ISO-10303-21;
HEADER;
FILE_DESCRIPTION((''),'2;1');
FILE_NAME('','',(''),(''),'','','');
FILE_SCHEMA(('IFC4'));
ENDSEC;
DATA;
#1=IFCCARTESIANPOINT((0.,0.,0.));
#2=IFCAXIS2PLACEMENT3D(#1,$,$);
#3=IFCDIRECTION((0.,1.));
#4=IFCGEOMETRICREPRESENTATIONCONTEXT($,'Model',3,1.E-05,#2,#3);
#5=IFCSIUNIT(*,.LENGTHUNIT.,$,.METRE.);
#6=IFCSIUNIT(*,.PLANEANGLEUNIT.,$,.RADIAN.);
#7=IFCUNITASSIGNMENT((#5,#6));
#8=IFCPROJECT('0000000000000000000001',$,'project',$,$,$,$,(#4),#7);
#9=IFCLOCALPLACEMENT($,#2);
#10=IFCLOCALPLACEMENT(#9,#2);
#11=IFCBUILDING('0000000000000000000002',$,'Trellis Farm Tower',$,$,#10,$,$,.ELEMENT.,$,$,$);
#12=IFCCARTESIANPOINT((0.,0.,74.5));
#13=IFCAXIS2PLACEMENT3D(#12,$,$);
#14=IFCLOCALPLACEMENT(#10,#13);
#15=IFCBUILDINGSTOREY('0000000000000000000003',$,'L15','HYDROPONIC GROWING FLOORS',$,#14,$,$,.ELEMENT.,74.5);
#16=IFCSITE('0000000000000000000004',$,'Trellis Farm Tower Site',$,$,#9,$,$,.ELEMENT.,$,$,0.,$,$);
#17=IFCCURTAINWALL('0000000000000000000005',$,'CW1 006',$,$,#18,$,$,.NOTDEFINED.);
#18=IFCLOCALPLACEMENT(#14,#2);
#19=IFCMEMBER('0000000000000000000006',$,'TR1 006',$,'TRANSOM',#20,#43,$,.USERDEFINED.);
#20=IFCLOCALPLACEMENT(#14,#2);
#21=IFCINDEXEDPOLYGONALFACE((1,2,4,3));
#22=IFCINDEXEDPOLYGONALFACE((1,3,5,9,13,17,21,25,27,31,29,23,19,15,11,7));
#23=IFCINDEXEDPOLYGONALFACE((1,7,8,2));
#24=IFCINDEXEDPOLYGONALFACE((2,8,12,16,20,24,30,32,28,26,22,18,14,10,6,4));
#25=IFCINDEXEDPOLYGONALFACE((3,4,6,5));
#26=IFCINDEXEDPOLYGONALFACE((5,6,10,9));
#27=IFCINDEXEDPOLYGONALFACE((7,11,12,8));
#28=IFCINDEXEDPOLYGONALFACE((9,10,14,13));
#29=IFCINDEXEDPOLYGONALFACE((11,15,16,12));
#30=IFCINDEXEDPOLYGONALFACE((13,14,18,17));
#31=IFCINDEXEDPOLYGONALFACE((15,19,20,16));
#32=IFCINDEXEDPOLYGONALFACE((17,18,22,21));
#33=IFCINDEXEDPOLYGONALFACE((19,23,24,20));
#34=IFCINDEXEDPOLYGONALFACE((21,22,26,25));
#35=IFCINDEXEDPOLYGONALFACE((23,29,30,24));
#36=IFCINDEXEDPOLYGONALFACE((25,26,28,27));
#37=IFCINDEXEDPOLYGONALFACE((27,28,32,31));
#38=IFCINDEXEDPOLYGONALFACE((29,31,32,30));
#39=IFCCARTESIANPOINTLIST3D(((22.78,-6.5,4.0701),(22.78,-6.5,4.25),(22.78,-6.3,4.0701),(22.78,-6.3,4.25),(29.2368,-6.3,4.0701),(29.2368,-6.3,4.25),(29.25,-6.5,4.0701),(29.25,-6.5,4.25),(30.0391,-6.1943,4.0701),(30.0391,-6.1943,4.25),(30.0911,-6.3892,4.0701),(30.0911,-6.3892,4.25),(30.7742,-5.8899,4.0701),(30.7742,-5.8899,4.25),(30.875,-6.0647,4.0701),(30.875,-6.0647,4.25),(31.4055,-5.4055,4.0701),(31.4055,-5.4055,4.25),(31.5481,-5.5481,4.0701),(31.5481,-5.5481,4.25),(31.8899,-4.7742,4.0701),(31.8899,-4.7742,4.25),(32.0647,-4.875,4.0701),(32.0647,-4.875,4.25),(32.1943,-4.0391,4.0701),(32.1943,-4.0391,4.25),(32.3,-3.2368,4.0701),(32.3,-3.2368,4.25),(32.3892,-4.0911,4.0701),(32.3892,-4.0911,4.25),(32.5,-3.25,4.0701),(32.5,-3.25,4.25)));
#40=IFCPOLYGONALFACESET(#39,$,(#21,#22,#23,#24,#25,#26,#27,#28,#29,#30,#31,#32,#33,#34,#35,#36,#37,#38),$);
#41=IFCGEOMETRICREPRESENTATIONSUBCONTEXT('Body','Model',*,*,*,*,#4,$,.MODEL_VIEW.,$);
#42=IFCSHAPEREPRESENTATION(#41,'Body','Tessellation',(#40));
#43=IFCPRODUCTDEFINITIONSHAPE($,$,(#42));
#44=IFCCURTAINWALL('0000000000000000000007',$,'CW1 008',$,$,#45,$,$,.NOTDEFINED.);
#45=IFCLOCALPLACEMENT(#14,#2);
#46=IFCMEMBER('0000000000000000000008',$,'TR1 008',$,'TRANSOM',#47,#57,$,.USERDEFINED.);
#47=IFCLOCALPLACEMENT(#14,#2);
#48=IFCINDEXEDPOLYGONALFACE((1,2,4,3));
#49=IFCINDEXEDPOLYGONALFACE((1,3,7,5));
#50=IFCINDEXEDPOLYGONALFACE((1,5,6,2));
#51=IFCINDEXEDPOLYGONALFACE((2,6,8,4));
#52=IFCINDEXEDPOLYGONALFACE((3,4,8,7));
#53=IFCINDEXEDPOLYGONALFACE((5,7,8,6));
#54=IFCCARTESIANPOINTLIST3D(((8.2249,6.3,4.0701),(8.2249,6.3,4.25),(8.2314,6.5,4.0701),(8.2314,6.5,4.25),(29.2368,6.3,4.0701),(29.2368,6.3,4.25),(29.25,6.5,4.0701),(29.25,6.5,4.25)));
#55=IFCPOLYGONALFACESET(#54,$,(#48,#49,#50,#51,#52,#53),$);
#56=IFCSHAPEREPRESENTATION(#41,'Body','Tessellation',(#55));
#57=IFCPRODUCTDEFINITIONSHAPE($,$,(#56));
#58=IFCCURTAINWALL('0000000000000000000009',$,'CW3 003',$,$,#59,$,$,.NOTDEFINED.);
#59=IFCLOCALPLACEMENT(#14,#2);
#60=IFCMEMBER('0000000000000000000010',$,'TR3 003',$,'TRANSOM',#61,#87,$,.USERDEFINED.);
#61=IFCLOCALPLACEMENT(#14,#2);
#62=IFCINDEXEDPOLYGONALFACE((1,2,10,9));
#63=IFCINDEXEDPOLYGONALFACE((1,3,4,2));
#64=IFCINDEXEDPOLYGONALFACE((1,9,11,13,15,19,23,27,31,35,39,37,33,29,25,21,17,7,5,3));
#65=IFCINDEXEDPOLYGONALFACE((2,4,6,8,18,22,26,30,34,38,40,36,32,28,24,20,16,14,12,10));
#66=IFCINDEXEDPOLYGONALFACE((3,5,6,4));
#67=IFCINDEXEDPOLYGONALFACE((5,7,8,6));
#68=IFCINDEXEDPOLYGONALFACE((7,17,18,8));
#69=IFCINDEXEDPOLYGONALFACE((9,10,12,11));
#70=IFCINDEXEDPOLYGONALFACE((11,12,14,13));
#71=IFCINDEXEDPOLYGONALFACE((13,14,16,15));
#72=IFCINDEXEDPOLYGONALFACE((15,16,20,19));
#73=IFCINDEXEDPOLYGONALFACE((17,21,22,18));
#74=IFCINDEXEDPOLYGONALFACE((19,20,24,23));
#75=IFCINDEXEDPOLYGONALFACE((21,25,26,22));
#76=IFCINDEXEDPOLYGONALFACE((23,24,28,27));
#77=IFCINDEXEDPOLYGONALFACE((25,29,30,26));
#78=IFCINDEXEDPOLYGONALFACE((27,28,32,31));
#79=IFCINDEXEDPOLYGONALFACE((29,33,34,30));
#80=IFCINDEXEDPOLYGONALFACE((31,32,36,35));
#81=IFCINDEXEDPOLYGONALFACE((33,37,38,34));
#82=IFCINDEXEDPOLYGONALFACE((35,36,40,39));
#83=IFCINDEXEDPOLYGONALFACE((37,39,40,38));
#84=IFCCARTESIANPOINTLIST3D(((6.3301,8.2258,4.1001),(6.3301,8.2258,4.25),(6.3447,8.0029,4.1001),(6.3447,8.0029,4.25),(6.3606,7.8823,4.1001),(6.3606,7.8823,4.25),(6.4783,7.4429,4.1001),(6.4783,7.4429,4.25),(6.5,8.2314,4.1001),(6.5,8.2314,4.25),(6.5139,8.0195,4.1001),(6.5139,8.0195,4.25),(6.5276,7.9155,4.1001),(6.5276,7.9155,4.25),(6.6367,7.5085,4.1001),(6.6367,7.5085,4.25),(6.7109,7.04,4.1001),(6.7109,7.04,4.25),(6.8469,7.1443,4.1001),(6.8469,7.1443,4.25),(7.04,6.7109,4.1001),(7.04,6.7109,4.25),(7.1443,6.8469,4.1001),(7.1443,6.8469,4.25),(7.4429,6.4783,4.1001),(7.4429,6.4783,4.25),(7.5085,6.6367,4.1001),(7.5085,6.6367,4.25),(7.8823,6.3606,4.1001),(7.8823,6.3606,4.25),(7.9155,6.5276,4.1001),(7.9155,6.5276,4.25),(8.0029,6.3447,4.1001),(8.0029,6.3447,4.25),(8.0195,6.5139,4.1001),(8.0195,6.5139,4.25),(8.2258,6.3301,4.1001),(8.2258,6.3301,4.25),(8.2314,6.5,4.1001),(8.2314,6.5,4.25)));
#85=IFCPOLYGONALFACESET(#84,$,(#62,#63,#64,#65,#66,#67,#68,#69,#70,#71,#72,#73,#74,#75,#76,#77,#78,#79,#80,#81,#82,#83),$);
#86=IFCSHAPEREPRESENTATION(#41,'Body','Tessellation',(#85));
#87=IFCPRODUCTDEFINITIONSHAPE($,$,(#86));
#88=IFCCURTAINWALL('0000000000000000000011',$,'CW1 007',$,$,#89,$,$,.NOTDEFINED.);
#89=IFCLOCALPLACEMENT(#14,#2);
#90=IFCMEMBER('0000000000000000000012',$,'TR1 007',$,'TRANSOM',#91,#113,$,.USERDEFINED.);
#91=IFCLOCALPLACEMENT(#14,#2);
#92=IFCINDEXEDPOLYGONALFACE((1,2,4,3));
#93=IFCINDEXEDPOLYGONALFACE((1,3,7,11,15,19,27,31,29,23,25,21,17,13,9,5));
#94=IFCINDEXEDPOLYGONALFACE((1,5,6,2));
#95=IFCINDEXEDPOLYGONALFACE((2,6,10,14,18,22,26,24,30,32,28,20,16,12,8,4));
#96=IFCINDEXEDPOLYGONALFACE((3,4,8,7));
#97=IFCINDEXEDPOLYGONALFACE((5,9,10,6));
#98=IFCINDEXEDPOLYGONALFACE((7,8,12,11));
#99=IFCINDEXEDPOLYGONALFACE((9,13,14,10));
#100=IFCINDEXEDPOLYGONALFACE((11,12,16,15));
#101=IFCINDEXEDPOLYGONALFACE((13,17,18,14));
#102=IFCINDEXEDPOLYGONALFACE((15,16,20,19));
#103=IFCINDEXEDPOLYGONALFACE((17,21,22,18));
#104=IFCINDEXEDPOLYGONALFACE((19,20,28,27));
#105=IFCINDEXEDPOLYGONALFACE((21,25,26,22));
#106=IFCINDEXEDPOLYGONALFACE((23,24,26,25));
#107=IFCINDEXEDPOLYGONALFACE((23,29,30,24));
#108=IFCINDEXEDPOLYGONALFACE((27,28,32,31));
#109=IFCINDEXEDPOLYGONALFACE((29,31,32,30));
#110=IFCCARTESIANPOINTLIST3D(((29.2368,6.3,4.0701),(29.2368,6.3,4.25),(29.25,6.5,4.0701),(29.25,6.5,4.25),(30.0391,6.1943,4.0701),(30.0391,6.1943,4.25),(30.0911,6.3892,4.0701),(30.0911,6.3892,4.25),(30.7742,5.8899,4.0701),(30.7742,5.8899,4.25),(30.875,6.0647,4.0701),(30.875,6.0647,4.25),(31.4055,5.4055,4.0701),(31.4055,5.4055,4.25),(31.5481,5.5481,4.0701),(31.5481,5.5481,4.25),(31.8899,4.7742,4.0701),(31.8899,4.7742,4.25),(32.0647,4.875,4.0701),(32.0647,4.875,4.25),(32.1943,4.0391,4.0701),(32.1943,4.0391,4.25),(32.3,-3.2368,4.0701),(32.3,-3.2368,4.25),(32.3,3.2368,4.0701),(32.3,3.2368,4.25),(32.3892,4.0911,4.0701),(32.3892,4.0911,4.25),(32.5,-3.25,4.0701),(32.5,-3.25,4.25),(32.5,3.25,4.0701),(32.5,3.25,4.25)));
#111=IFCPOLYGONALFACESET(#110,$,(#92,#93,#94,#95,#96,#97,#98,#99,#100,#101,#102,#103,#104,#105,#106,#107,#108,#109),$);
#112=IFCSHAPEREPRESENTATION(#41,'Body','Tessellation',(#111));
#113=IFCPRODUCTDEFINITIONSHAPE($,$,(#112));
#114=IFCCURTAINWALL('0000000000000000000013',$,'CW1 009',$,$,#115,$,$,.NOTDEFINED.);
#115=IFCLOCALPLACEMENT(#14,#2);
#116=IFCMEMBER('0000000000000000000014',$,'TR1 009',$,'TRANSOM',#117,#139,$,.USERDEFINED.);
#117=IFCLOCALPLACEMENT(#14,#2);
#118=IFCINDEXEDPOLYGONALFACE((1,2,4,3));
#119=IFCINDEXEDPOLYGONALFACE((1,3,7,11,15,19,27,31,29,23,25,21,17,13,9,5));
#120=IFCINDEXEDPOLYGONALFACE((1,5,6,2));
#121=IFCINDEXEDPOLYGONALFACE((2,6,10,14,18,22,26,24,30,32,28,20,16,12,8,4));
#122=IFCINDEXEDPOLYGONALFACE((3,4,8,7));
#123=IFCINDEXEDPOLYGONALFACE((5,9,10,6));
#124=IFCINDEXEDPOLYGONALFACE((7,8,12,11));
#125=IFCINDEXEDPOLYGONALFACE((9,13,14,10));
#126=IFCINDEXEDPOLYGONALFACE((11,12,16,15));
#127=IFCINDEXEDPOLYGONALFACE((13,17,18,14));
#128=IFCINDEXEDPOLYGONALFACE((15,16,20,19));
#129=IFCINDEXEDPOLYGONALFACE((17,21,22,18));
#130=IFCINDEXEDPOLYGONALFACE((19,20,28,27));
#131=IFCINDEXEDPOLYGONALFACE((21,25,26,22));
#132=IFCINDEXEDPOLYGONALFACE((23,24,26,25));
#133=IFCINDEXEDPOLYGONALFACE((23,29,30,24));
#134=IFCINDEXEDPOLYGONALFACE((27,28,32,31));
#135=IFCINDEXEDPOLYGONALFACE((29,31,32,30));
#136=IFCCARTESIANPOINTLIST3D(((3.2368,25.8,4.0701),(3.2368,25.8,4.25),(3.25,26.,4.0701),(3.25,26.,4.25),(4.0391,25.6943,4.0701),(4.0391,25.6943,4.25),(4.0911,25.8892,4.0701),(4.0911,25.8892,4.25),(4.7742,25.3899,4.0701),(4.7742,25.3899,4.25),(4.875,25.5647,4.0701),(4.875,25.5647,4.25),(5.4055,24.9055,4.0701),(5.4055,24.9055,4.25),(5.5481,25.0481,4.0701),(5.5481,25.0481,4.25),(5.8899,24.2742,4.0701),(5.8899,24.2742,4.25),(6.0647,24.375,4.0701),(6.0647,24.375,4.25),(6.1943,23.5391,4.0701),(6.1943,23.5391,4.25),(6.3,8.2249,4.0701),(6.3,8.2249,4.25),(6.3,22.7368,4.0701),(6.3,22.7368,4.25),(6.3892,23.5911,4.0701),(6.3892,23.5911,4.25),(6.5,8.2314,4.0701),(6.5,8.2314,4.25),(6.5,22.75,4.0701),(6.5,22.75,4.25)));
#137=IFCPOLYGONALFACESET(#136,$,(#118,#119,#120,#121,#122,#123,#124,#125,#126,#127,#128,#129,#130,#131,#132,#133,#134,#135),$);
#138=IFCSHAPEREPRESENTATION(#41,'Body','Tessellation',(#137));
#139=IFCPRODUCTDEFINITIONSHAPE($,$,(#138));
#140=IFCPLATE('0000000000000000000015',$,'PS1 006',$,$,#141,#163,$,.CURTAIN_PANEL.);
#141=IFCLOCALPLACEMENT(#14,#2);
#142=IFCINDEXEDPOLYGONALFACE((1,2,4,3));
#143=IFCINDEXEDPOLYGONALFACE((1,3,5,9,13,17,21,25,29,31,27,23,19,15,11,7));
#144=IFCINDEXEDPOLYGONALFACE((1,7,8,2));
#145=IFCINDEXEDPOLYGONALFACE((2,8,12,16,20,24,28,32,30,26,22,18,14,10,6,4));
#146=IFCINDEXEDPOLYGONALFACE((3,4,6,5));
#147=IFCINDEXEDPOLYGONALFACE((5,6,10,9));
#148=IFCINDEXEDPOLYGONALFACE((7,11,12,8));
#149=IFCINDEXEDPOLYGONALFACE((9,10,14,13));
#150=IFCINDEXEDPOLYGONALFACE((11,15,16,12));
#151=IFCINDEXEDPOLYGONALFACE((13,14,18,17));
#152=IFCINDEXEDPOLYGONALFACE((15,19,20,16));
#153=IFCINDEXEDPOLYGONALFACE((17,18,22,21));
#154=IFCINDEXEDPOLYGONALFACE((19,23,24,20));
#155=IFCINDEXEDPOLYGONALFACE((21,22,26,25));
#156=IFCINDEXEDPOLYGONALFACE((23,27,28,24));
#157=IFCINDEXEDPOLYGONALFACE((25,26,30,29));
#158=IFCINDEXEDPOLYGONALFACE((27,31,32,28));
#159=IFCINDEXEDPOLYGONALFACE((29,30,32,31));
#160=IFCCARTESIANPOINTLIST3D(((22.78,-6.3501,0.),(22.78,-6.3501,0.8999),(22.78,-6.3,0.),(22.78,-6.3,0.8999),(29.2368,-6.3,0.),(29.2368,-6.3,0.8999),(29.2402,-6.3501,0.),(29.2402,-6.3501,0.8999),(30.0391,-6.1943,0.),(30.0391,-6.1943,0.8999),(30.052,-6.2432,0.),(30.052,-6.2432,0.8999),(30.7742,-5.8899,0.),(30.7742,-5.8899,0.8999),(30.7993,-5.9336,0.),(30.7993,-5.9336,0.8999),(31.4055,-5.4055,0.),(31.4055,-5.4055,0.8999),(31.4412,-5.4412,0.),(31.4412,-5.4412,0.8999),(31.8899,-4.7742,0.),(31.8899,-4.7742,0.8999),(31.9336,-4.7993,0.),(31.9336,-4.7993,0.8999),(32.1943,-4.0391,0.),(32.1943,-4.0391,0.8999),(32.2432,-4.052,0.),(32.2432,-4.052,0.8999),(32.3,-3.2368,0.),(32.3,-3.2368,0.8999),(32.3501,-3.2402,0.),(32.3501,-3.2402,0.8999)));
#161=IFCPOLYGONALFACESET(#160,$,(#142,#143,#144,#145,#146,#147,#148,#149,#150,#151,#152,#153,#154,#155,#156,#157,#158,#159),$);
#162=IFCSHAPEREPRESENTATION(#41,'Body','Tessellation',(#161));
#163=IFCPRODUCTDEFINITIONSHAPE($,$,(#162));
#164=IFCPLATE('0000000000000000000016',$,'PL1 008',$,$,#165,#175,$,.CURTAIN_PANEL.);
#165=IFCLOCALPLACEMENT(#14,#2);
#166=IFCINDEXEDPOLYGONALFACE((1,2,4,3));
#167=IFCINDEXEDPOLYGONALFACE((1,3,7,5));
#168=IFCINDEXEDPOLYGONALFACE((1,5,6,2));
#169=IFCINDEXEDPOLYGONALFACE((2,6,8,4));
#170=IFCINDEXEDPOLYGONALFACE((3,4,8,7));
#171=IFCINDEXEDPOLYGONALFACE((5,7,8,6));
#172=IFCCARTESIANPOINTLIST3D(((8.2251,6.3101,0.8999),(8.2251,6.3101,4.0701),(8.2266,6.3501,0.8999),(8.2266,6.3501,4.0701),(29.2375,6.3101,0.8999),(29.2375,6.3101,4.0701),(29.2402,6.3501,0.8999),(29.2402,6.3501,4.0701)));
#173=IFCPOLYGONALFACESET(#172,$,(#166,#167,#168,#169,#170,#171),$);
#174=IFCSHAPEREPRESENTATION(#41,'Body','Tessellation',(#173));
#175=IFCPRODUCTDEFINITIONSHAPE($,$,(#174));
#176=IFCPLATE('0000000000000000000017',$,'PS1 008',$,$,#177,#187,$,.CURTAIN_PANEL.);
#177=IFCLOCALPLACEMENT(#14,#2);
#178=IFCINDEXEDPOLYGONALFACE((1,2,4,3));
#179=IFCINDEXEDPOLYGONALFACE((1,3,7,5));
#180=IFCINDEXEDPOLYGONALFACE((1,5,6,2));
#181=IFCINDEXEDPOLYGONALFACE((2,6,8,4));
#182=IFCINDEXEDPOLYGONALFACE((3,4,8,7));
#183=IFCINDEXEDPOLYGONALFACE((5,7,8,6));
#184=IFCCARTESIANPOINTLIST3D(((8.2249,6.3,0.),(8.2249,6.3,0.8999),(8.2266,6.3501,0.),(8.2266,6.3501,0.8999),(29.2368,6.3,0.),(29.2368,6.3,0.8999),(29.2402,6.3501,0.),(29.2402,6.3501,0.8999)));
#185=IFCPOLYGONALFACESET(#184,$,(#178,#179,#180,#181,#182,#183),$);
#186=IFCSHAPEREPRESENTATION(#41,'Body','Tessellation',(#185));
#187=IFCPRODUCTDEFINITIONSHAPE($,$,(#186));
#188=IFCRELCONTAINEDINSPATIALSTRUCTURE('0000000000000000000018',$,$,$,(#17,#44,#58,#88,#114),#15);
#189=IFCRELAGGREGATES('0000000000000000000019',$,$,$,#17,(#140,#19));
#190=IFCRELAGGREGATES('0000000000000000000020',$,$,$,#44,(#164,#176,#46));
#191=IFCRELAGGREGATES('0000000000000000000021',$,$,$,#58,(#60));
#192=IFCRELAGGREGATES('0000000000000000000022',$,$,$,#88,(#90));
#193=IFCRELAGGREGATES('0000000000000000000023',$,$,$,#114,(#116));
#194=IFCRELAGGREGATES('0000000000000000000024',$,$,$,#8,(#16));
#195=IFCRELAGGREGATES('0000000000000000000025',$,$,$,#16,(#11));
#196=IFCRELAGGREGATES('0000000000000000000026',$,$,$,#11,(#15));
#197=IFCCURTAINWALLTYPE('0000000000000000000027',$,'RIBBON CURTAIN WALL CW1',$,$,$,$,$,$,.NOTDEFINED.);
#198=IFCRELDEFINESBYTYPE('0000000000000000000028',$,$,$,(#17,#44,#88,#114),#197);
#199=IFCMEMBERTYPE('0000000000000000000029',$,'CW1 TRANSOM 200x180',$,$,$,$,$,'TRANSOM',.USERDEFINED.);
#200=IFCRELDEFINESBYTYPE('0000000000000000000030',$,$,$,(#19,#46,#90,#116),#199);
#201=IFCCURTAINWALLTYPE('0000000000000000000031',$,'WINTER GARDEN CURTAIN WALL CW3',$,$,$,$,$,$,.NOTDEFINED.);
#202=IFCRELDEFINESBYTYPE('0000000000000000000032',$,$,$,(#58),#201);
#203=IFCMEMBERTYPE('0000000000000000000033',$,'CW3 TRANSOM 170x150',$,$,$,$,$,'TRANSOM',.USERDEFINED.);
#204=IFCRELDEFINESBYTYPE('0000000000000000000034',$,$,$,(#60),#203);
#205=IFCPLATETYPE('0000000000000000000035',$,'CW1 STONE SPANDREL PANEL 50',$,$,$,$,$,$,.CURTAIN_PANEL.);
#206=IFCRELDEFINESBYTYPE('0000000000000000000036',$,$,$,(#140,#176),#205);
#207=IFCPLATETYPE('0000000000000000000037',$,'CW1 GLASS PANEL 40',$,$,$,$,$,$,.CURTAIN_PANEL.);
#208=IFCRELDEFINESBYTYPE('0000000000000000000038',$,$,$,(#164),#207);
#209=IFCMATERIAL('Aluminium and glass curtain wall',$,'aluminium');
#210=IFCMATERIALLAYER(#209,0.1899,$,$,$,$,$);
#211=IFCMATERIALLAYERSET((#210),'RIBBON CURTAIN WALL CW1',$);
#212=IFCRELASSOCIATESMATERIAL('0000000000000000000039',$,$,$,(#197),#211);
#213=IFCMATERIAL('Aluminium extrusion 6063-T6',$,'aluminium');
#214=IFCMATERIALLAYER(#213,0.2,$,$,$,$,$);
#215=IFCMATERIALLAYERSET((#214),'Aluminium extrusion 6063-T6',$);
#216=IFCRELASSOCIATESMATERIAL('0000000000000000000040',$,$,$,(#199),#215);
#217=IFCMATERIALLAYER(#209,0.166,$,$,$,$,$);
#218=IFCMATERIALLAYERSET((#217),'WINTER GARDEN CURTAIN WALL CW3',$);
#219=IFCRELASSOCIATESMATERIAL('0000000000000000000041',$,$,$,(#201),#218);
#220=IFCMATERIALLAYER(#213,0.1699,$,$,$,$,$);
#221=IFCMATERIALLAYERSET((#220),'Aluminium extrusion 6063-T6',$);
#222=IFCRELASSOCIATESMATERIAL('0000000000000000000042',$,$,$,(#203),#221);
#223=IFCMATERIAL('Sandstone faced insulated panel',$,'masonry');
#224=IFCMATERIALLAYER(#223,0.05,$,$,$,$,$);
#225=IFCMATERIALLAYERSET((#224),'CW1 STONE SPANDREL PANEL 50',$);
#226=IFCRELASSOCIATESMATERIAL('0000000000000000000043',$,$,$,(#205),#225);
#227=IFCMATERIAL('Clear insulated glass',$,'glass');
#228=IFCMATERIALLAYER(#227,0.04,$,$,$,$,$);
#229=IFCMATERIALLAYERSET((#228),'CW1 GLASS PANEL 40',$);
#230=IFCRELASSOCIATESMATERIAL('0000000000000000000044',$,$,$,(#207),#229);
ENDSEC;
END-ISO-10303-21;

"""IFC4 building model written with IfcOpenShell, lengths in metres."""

from ifc_helpers import new_model, si_unit, direction, frame, origin, place, context, subcontext, project, spatial, polyline, outline, extrude, source, transform, mapped, material, layer, layer_set, type_object, element, aggregate, save


model = new_model("IFC4")

# Units and contexts
model_context = context("Model", 3, precision=1e-05, world=origin(), true_north=direction((0.0, 1.0)))
body_context = subcontext(model_context, "Body", "Model", "MODEL_VIEW")
ifc_project = project(units=[si_unit("LENGTHUNIT", "METRE"), si_unit("PLANEANGLEUNIT", "RADIAN")], contexts=[model_context])

# Site, building, storey
site_placement = place(None, origin())
site = spatial("IfcSite", under=ifc_project, at=site_placement, Name="Trellis Farm Tower Site", CompositionType="ELEMENT", RefElevation=0.0)
building_placement = place(site_placement, origin())
building = spatial("IfcBuilding", under=site, at=building_placement, Name="Trellis Farm Tower", CompositionType="ELEMENT")
storey_placement = place(building_placement, frame((0.0, 0.0, 74.5)))
storey = spatial("IfcBuildingStorey", under=building, at=storey_placement, Name="L15", Description="HYDROPONIC GROWING FLOORS", CompositionType="ELEMENT", Elevation=74.5)

# Curtain walls, members
ifc_material_1 = material(Name="Aluminium and glass curtain wall", Category="aluminium")
ifc_layer_1 = layer(ifc_material_1, 0.1899)
ifc_layer_set_1 = layer_set([ifc_layer_1], Name="RIBBON CURTAIN WALL CW1")
curtain_wall_type_1 = type_object("IfcCurtainWallType", Name="RIBBON CURTAIN WALL CW1", PredefinedType="NOTDEFINED", material=ifc_layer_set_1)
placement_1 = place(storey_placement, origin())
curtain_wall_1 = element("IfcCurtainWall", 1, at=placement_1, inside=storey, type_object=curtain_wall_type_1, Name="CW1 006", PredefinedType="NOTDEFINED")
ifc_material_2 = material(Name="Aluminium extrusion 6063-T6", Category="aluminium")
ifc_layer_2 = layer(ifc_material_2, 0.2)
ifc_layer_set_2 = layer_set([ifc_layer_2], Name="Aluminium extrusion 6063-T6")
member_type_1 = type_object("IfcMemberType", Name="CW1 TRANSOM 200x180", ElementType="TRANSOM", PredefinedType="USERDEFINED", material=ifc_layer_set_2)
shared_shape_1 = source(origin(), body_context, "Body", "SweptSolid", [
    extrude(outline(polyline([(22.78, -6.5), (29.25, -6.5), (30.0911, -6.3892), (30.875, -6.0647), (31.5481, -5.5481), (32.0647, -4.875), (32.3892, -4.0911), (32.5, -3.25), (32.3, -3.2368), (32.1943, -4.0391), (31.8899, -4.7742), (31.4055, -5.4055), (30.7742, -5.8899), (30.0391, -6.1943), (29.2368, -6.3), (22.78, -6.3), (22.78, -6.5)])), origin(), (0.0, 0.0, 1.0), 0.1799),
])
placement_2 = place(storey_placement, frame((0.0, 0.0, 4.0701)))
member_1 = element("IfcMember", 2, at=placement_2, type_object=member_type_1, Name="TR1 006", ObjectType="TRANSOM", PredefinedType="USERDEFINED", context=body_context, shape_type="MappedRepresentation", body=[
    mapped(shared_shape_1, transform((0.0, 0.0, 0.0))),
])
curtain_wall_2 = element("IfcCurtainWall", 3, at=placement_1, inside=storey, type_object=curtain_wall_type_1, Name="CW1 008", PredefinedType="NOTDEFINED")
shared_shape_2 = source(origin(), body_context, "Body", "SweptSolid", [
    extrude(outline(polyline([(29.25, 6.5), (8.2314, 6.5), (8.2249, 6.3), (29.2368, 6.3), (29.25, 6.5)])), origin(), (0.0, 0.0, 1.0), 0.1799),
])
member_2 = element("IfcMember", 4, at=placement_2, type_object=member_type_1, Name="TR1 008", ObjectType="TRANSOM", PredefinedType="USERDEFINED", context=body_context, shape_type="MappedRepresentation", body=[
    mapped(shared_shape_2, transform((0.0, 0.0, 0.0))),
])
ifc_layer_3 = layer(ifc_material_1, 0.166)
ifc_layer_set_3 = layer_set([ifc_layer_3], Name="WINTER GARDEN CURTAIN WALL CW3")
curtain_wall_type_2 = type_object("IfcCurtainWallType", Name="WINTER GARDEN CURTAIN WALL CW3", PredefinedType="NOTDEFINED", material=ifc_layer_set_3)
curtain_wall_3 = element("IfcCurtainWall", 5, at=placement_1, inside=storey, type_object=curtain_wall_type_2, Name="CW3 003", PredefinedType="NOTDEFINED")
ifc_layer_4 = layer(ifc_material_2, 0.1699)
ifc_layer_set_4 = layer_set([ifc_layer_4], Name="Aluminium extrusion 6063-T6")
member_type_2 = type_object("IfcMemberType", Name="CW3 TRANSOM 170x150", ElementType="TRANSOM", PredefinedType="USERDEFINED", material=ifc_layer_set_4)
shared_shape_3 = source(origin(), body_context, "Body", "SweptSolid", [
    extrude(outline(polyline([(8.2314, 6.5), (8.0195, 6.5139), (7.9155, 6.5276), (7.5085, 6.6367), (7.1443, 6.8469), (6.8469, 7.1443), (6.6367, 7.5085), (6.5276, 7.9155), (6.5139, 8.0195), (6.5, 8.2314), (6.3301, 8.2258), (6.3447, 8.0029), (6.3606, 7.8823), (6.4783, 7.4429), (6.7109, 7.04), (7.04, 6.7109), (7.4429, 6.4783), (7.8823, 6.3606), (8.0029, 6.3447), (8.2258, 6.3301), (8.2314, 6.5)])), origin(), (0.0, 0.0, 1.0), 0.1499),
])
member_3_placement = place(storey_placement, frame((0.0, 0.0, 4.1001)))
member_3 = element("IfcMember", 6, at=member_3_placement, type_object=member_type_2, Name="TR3 003", ObjectType="TRANSOM", PredefinedType="USERDEFINED", context=body_context, shape_type="MappedRepresentation", body=[
    mapped(shared_shape_3, transform((0.0, 0.0, 0.0))),
])
curtain_wall_4 = element("IfcCurtainWall", 7, at=placement_1, inside=storey, type_object=curtain_wall_type_1, Name="CW1 007", PredefinedType="NOTDEFINED")
shared_shape_4 = source(origin(), body_context, "Body", "SweptSolid", [
    extrude(outline(polyline([(32.5, -3.25), (32.5, 3.25), (32.3892, 4.0911), (32.0647, 4.875), (31.5481, 5.5481), (30.875, 6.0647), (30.0911, 6.3892), (29.25, 6.5), (29.2368, 6.3), (30.0391, 6.1943), (30.7742, 5.8899), (31.4055, 5.4055), (31.8899, 4.7742), (32.1943, 4.0391), (32.3, 3.2368), (32.3, -3.2368), (32.5, -3.25)])), origin(), (0.0, 0.0, 1.0), 0.1799),
])
member_4 = element("IfcMember", 8, at=placement_2, type_object=member_type_1, Name="TR1 007", ObjectType="TRANSOM", PredefinedType="USERDEFINED", context=body_context, shape_type="MappedRepresentation", body=[
    mapped(shared_shape_4, transform((0.0, 0.0, 0.0))),
])
curtain_wall_5 = element("IfcCurtainWall", 9, at=placement_1, inside=storey, type_object=curtain_wall_type_1, Name="CW1 009", PredefinedType="NOTDEFINED")
shared_shape_5 = source(origin(), body_context, "Body", "SweptSolid", [
    extrude(outline(polyline([(6.5, 8.2314), (6.5, 22.75), (6.3892, 23.5911), (6.0647, 24.375), (5.5481, 25.0481), (4.875, 25.5647), (4.0911, 25.8892), (3.25, 26.0), (3.2368, 25.8), (4.0391, 25.6943), (4.7742, 25.3899), (5.4055, 24.9055), (5.8899, 24.2742), (6.1943, 23.5391), (6.3, 22.7368), (6.3, 8.2249), (6.5, 8.2314)])), origin(), (0.0, 0.0, 1.0), 0.1799),
])
member_5 = element("IfcMember", 10, at=placement_2, type_object=member_type_1, Name="TR1 009", ObjectType="TRANSOM", PredefinedType="USERDEFINED", context=body_context, shape_type="MappedRepresentation", body=[
    mapped(shared_shape_5, transform((0.0, 0.0, 0.0))),
])

# Plates
ifc_material_3 = material(Name="Sandstone faced insulated panel", Category="masonry")
ifc_layer_5 = layer(ifc_material_3, 0.05)
ifc_layer_set_5 = layer_set([ifc_layer_5], Name="CW1 STONE SPANDREL PANEL 50")
plate_type_1 = type_object("IfcPlateType", Name="CW1 STONE SPANDREL PANEL 50", PredefinedType="CURTAIN_PANEL", material=ifc_layer_set_5)
shared_shape_6 = source(origin(), body_context, "Body", "SweptSolid", [
    extrude(outline(polyline([(22.78, -6.3501), (29.2402, -6.3501), (30.052, -6.2432), (30.7993, -5.9336), (31.4412, -5.4412), (31.9336, -4.7993), (32.2432, -4.052), (32.3501, -3.2402), (32.3, -3.2368), (32.1943, -4.0391), (31.8899, -4.7742), (31.4055, -5.4055), (30.7742, -5.8899), (30.0391, -6.1943), (29.2368, -6.3), (22.78, -6.3), (22.78, -6.3501)])), origin(), (0.0, 0.0, 1.0), 0.8999),
])
plate_1 = element("IfcPlate", 11, at=placement_1, type_object=plate_type_1, Name="PS1 006", PredefinedType="CURTAIN_PANEL", context=body_context, shape_type="MappedRepresentation", body=[
    mapped(shared_shape_6, transform((0.0, 0.0, 0.0))),
])
aggregate(curtain_wall_1, [plate_1, member_1])
ifc_material_4 = material(Name="Clear insulated glass", Category="glass")
ifc_layer_6 = layer(ifc_material_4, 0.04)
ifc_layer_set_6 = layer_set([ifc_layer_6], Name="CW1 GLASS PANEL 40")
plate_type_2 = type_object("IfcPlateType", Name="CW1 GLASS PANEL 40", PredefinedType="CURTAIN_PANEL", material=ifc_layer_set_6)
shared_shape_7 = source(origin(), body_context, "Body", "SweptSolid", [
    extrude(outline(polyline([(29.2402, 6.3501), (8.2266, 6.3501), (8.2251, 6.3101), (29.2375, 6.3101), (29.2402, 6.3501)])), origin(), (0.0, 0.0, 1.0), 3.1702),
])
placement_3 = place(storey_placement, frame((0.0, 0.0, 0.8999)))
plate_2 = element("IfcPlate", 12, at=placement_3, type_object=plate_type_2, Name="PL1 008", PredefinedType="CURTAIN_PANEL", context=body_context, shape_type="MappedRepresentation", body=[
    mapped(shared_shape_7, transform((0.0, 0.0, 0.0))),
])
shared_shape_8 = source(origin(), body_context, "Body", "SweptSolid", [
    extrude(outline(polyline([(29.2402, 6.3501), (8.2266, 6.3501), (8.2249, 6.3), (29.2368, 6.3), (29.2402, 6.3501)])), origin(), (0.0, 0.0, 1.0), 0.8999),
])
plate_3 = element("IfcPlate", 13, at=placement_1, type_object=plate_type_1, Name="PS1 008", PredefinedType="CURTAIN_PANEL", context=body_context, shape_type="MappedRepresentation", body=[
    mapped(shared_shape_8, transform((0.0, 0.0, 0.0))),
])
aggregate(curtain_wall_2, [plate_2, plate_3, member_2])
aggregate(curtain_wall_3, [member_3])
aggregate(curtain_wall_4, [member_4])
aggregate(curtain_wall_5, [member_5])

save(model, "model.ifc")
